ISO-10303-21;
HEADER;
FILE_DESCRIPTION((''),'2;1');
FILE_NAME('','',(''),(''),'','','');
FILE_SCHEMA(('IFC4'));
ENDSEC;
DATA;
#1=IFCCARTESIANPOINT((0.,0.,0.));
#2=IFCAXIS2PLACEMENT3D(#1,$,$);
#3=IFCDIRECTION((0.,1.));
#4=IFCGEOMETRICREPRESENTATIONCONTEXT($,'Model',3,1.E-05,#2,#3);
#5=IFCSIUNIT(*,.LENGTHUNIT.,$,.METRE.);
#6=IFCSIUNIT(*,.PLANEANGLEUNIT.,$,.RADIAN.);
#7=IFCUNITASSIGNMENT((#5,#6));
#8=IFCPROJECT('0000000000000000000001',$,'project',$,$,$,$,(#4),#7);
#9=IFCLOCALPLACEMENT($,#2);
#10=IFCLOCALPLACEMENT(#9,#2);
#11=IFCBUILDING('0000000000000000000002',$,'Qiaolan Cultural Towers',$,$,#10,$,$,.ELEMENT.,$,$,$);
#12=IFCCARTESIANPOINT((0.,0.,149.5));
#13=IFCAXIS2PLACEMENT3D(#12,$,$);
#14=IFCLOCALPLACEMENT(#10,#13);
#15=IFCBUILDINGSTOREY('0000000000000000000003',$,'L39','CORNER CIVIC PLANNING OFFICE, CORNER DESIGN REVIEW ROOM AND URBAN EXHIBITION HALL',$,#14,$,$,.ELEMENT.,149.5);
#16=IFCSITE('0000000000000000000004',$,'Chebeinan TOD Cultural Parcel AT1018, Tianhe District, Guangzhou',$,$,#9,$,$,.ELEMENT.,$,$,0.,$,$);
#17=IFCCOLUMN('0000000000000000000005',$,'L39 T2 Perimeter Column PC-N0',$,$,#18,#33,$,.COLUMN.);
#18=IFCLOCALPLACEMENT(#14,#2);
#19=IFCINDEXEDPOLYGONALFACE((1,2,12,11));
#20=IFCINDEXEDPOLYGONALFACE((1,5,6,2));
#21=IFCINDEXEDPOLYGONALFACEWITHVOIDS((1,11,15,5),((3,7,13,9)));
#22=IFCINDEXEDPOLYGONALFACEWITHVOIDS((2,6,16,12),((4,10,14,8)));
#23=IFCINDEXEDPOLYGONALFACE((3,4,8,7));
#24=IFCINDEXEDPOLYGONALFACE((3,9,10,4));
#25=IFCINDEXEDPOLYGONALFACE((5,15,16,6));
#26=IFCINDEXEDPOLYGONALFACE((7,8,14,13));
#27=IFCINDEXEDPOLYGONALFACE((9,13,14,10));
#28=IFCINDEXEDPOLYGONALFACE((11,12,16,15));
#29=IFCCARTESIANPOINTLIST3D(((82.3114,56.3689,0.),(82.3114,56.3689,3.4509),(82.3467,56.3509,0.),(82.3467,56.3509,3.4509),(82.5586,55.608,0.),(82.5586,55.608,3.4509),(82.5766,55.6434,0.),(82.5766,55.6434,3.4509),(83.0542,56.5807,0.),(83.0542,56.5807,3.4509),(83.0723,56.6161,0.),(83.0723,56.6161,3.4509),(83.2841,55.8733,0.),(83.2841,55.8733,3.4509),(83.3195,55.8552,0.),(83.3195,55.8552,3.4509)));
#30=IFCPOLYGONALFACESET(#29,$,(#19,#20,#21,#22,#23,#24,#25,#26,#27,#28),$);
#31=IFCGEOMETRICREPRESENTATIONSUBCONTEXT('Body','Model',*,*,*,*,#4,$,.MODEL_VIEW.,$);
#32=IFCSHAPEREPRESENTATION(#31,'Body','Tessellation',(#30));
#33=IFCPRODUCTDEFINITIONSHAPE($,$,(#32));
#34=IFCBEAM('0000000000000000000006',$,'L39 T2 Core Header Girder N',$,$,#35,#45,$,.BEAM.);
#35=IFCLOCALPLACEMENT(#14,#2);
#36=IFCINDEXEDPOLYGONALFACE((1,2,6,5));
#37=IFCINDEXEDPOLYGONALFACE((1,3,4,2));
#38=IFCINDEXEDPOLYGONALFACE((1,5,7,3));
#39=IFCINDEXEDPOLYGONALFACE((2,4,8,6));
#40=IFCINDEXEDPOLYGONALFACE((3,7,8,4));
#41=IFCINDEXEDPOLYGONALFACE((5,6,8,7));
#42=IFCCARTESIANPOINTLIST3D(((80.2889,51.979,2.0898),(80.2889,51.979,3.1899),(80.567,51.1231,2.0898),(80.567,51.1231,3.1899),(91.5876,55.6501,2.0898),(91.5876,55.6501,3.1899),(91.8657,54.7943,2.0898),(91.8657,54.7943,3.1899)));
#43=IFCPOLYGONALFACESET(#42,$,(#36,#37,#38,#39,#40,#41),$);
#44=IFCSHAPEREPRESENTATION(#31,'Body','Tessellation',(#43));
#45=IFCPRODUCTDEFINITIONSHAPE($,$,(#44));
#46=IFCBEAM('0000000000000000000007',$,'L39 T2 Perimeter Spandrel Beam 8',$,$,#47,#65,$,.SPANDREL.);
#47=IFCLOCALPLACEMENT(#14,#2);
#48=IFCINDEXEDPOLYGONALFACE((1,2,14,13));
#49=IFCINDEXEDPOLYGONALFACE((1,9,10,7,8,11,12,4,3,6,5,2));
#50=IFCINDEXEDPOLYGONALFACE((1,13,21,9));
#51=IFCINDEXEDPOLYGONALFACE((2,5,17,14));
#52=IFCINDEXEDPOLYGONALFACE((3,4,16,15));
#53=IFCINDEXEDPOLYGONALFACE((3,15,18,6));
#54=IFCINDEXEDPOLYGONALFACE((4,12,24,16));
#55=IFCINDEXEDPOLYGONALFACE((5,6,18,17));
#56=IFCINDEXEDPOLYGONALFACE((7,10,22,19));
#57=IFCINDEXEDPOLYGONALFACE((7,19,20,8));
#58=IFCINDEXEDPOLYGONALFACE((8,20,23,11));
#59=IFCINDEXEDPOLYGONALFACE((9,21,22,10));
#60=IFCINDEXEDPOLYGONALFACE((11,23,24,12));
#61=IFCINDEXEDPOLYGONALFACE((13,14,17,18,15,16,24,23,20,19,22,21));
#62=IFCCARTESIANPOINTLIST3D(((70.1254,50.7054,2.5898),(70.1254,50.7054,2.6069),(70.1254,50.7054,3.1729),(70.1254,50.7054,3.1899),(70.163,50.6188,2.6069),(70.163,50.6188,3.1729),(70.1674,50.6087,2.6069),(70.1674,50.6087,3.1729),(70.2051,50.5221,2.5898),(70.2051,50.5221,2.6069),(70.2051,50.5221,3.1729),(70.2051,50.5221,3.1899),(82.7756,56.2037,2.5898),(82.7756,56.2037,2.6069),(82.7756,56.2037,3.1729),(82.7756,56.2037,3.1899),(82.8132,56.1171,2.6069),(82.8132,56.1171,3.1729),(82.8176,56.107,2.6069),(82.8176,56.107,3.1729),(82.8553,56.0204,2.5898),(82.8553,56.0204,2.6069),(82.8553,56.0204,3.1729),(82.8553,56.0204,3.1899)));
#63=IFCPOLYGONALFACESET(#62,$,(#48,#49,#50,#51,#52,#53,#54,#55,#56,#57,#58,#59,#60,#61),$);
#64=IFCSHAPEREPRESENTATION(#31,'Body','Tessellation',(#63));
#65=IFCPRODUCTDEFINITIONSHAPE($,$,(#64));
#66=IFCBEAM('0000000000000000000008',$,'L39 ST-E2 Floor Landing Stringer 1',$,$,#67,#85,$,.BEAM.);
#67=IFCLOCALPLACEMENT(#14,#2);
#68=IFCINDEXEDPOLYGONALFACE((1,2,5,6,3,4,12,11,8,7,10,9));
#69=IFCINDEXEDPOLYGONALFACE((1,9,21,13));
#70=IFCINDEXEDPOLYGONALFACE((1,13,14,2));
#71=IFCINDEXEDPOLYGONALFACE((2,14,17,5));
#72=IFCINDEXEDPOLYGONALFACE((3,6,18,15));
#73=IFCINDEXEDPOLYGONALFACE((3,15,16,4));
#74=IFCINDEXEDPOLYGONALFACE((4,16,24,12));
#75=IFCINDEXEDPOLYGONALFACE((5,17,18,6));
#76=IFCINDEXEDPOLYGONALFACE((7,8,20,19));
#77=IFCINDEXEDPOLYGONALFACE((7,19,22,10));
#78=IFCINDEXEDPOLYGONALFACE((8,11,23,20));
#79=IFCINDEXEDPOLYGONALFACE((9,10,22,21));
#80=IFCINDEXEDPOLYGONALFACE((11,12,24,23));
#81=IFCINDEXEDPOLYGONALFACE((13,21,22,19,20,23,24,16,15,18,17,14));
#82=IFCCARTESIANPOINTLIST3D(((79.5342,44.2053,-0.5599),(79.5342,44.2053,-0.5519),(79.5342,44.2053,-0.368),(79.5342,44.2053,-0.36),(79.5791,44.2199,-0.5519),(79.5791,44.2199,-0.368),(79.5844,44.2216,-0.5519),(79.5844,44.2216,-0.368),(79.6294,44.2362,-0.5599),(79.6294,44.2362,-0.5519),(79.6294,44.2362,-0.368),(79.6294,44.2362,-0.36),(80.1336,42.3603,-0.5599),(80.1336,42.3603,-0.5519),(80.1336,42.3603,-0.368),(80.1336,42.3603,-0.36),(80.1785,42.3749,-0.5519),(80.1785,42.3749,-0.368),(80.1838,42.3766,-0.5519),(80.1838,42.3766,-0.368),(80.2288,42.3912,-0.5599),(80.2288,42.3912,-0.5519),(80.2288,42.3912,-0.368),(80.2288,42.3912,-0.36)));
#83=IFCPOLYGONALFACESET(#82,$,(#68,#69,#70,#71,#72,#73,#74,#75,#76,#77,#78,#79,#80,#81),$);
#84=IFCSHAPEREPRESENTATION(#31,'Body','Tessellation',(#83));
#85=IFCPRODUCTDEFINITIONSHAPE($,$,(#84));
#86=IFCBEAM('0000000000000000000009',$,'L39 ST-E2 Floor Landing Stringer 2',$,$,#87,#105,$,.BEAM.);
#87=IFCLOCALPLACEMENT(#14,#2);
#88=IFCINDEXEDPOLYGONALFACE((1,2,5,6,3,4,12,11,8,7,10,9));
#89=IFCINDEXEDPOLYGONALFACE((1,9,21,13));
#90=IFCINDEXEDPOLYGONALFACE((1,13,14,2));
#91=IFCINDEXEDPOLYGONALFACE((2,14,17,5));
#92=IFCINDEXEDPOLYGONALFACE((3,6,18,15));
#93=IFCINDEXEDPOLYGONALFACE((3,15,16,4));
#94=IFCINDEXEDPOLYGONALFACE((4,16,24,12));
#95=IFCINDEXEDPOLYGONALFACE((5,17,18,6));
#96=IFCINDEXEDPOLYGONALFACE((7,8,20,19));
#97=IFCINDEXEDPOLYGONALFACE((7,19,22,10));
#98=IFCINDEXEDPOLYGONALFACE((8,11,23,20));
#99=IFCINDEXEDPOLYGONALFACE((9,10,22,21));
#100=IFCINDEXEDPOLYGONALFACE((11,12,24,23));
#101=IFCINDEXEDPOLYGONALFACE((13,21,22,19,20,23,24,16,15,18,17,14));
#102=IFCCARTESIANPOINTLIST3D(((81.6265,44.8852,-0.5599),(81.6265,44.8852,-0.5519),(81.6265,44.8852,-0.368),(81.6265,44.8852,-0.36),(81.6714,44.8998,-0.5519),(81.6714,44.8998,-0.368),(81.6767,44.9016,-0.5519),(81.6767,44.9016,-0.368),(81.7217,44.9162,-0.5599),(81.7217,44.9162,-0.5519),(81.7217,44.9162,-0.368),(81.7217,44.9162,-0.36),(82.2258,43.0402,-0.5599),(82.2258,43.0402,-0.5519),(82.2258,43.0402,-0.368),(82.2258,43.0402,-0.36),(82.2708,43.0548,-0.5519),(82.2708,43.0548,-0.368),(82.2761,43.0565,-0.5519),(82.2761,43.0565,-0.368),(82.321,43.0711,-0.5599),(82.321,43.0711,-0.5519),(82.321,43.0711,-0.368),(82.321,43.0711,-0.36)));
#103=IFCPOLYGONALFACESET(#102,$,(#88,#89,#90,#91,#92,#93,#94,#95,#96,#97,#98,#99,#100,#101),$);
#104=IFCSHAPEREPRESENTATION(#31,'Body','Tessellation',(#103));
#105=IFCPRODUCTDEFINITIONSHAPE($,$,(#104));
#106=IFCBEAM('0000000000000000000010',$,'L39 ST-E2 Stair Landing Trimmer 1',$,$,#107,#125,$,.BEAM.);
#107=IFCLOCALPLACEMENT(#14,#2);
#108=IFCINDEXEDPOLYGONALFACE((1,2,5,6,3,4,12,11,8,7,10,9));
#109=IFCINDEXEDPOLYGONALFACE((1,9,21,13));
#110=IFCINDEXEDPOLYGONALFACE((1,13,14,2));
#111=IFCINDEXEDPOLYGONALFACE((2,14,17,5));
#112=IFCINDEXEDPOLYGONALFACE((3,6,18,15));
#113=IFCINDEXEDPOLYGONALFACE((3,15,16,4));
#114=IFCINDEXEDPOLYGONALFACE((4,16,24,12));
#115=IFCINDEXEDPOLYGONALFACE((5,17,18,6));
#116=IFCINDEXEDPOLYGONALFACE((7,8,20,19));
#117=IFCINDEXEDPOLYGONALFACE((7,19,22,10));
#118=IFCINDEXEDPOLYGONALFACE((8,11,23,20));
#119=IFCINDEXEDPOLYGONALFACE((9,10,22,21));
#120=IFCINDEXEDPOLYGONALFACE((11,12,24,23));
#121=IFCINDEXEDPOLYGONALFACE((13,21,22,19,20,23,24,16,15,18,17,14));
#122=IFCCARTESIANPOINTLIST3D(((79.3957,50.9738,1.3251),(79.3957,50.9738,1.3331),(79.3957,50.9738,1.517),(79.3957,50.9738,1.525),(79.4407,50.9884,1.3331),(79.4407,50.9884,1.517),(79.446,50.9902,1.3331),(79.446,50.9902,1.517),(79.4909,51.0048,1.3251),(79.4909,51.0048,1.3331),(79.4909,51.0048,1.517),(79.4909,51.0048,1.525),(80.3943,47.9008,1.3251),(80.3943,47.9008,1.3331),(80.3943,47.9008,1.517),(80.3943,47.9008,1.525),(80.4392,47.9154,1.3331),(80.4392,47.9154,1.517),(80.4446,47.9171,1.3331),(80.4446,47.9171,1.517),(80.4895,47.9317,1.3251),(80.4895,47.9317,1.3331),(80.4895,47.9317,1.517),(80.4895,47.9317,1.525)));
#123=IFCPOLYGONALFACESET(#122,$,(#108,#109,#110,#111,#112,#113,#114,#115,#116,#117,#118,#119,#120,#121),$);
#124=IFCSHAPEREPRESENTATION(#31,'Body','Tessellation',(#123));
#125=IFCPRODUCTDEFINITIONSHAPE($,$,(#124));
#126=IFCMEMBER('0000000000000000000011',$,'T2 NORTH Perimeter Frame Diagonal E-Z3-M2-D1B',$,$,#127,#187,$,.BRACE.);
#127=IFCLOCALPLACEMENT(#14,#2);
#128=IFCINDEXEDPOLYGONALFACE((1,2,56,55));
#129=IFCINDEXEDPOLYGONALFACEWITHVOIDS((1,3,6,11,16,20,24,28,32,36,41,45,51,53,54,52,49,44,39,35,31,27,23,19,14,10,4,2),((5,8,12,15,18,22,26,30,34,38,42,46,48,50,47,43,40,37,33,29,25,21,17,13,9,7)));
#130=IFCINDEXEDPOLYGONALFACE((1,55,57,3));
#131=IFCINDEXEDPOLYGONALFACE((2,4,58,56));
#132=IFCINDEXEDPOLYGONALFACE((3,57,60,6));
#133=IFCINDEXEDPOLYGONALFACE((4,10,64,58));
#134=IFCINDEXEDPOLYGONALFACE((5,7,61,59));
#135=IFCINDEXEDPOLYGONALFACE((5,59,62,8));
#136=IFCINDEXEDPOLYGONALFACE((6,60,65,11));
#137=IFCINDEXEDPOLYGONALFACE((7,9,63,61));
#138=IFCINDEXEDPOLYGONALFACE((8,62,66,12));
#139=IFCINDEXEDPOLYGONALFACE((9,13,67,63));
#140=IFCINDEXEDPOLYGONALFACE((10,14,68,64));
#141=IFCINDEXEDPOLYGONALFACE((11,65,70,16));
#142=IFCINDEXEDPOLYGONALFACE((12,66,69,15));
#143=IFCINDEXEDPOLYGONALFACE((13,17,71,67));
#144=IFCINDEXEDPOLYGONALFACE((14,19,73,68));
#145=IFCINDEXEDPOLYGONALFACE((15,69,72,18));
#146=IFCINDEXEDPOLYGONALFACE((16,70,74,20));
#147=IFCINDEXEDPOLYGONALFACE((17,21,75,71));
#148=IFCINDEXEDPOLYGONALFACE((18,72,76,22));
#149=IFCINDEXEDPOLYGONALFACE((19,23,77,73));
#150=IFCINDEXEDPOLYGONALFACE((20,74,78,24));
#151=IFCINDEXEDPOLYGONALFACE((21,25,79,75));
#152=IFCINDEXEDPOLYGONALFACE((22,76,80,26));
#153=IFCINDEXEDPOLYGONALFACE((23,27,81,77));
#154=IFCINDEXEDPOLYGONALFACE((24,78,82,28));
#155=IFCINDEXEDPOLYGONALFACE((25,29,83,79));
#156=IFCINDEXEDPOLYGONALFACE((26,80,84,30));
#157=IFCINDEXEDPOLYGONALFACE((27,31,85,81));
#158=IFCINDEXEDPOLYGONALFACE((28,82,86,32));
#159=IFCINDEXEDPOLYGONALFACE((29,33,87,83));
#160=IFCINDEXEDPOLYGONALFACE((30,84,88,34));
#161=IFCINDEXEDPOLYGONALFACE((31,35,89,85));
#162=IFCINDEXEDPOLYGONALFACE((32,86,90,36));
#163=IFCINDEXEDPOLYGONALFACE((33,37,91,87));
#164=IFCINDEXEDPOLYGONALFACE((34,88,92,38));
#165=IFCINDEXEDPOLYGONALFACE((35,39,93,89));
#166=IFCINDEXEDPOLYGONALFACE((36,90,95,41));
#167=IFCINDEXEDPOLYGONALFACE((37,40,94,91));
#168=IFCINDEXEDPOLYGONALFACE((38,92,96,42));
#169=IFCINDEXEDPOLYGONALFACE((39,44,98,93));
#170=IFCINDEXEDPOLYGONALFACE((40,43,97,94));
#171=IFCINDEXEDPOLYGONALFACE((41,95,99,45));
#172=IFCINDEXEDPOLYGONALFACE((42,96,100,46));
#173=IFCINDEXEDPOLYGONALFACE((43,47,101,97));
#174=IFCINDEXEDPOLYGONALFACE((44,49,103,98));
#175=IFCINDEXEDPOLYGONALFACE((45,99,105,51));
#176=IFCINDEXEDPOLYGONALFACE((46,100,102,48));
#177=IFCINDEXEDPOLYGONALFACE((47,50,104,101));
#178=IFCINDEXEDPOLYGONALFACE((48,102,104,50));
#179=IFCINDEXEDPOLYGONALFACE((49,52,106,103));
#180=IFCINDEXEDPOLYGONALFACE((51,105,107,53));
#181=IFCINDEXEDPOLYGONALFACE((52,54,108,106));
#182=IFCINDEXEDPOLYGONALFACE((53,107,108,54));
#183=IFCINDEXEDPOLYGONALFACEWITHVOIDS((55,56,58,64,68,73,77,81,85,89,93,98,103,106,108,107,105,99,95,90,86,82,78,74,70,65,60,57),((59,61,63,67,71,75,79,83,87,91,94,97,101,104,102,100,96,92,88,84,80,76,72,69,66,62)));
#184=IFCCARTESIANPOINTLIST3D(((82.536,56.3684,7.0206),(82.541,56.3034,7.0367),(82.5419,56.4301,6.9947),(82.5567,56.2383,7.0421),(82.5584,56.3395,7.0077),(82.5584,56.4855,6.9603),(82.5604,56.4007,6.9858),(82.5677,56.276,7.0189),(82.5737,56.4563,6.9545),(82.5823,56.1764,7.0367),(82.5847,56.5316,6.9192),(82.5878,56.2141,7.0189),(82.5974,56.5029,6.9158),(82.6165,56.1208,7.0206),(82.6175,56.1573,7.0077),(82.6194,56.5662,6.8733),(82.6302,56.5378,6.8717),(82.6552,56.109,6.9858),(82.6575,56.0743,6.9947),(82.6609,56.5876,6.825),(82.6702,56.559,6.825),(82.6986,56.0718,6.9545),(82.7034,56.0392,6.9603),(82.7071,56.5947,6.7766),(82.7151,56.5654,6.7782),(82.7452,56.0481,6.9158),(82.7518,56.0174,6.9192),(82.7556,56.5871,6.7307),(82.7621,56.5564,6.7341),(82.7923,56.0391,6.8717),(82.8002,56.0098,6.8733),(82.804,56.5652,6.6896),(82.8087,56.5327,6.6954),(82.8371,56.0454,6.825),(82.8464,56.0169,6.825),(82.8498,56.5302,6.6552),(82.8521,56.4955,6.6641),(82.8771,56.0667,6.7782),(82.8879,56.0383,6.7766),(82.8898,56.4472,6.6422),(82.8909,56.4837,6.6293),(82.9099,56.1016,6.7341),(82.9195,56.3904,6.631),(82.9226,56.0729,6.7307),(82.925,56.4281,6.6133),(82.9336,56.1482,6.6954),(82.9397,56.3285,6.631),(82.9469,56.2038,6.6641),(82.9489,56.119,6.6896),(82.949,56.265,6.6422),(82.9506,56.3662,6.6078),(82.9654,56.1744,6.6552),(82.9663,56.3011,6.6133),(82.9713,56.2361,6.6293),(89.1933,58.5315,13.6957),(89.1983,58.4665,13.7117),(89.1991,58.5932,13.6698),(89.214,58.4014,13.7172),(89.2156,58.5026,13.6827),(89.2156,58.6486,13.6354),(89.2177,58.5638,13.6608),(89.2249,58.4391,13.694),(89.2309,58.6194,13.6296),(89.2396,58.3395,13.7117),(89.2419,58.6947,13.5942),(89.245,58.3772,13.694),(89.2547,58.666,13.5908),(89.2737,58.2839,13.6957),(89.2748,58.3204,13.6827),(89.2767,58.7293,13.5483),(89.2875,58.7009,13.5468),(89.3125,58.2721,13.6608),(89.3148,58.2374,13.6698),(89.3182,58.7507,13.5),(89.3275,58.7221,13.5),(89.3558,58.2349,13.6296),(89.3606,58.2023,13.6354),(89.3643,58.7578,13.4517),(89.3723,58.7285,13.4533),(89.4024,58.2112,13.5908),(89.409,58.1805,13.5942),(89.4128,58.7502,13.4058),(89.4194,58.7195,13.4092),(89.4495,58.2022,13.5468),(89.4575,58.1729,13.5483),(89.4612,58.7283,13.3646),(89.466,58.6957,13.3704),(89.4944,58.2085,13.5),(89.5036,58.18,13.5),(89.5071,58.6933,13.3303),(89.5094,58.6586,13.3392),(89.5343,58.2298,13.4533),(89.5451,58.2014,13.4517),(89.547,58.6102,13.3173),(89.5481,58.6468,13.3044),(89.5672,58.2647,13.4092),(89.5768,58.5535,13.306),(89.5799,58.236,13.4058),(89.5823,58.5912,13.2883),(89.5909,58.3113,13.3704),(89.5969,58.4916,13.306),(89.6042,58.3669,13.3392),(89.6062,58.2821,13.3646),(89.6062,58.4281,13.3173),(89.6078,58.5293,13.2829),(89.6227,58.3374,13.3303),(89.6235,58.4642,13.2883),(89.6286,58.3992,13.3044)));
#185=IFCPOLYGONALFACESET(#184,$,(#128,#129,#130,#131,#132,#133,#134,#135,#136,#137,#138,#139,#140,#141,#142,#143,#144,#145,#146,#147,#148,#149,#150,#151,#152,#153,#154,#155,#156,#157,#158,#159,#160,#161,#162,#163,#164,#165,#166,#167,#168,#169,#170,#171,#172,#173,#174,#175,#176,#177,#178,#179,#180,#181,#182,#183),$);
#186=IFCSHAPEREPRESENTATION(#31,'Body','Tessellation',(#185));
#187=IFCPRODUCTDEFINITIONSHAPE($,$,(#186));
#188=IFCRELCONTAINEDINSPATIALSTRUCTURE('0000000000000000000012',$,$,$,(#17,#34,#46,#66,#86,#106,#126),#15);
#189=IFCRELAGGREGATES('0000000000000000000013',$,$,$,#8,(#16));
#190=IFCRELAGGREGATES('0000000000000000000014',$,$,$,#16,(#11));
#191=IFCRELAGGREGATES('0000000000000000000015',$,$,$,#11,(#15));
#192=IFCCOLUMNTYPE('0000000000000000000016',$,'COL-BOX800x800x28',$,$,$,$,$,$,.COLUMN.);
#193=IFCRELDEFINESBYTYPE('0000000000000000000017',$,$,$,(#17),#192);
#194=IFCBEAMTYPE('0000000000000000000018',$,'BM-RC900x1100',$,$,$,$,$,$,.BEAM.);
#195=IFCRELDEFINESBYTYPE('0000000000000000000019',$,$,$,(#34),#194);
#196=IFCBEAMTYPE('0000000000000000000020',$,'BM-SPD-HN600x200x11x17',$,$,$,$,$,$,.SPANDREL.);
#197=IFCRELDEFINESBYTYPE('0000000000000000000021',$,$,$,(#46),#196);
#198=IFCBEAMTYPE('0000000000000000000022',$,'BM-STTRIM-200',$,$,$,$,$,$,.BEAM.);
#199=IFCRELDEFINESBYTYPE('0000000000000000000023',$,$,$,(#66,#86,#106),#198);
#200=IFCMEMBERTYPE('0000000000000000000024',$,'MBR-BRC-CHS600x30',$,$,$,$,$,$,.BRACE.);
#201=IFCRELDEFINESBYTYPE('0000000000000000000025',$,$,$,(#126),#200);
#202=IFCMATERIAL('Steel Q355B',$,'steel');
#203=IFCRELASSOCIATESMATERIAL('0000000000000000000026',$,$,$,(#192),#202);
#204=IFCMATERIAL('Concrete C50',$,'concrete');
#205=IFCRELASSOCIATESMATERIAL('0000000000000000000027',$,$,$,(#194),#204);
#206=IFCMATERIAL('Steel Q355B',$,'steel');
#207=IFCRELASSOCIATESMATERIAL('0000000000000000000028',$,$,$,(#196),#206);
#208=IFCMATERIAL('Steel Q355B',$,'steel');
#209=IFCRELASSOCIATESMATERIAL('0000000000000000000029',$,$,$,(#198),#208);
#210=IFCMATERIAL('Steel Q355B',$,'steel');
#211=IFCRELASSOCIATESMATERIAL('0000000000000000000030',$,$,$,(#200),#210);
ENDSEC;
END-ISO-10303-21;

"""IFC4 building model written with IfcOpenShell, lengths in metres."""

from ifc_helpers import new_model, si_unit, direction, frame, origin, origin_2d, place, context, subcontext, project, spatial, rectangle, hollow_rectangle, hollow_circle, i_section, extrude, material, material_profile, profile_set, type_object, element, save


model = new_model("IFC4")

# Units and contexts
model_context = context("Model", 3, precision=1e-05, world=origin(), true_north=direction((0.0, 1.0)))
body_context = subcontext(model_context, "Body", "Model", "MODEL_VIEW")
ifc_project = project(units=[si_unit("LENGTHUNIT", "METRE"), si_unit("PLANEANGLEUNIT", "RADIAN")], contexts=[model_context])

# Site, building, storey
site_placement = place(None, origin())
site = spatial("IfcSite", under=ifc_project, at=site_placement, Name="Chebeinan TOD Cultural Parcel AT1018, Tianhe District, Guangzhou", CompositionType="ELEMENT", RefElevation=0.0)
building_placement = place(site_placement, origin())
building = spatial("IfcBuilding", under=site, at=building_placement, Name="Qiaolan Cultural Towers", CompositionType="ELEMENT")
storey_placement = place(building_placement, frame((0.0, 0.0, 149.5)))
storey = spatial("IfcBuildingStorey", under=building, at=storey_placement, Name="L39", Description="CORNER CIVIC PLANNING OFFICE, CORNER DESIGN REVIEW ROOM AND URBAN EXHIBITION HALL", CompositionType="ELEMENT", Elevation=149.5)

# Column
ifc_material_1 = material(Name="Steel Q355B", Category="steel")
ifc_material_profile_1 = material_profile(ifc_material_1, hollow_rectangle(XDim=0.8, YDim=0.8, WallThickness=0.0281, at=origin_2d()), Name="BOX800x800x28")
ifc_profile_set_1 = profile_set([ifc_material_profile_1], Name="Steel Q355B")
column_type = type_object("IfcColumnType", Name="COL-BOX800x800x28", PredefinedType="COLUMN", material=ifc_profile_set_1)
column_placement = place(storey_placement, frame((82.8154, 56.1121, 0.0), z_axis=(0.0, 0.0, 1.0), x_axis=(0.951057, 0.309017, 0.0)))
element("IfcColumn", 1, at=column_placement, inside=storey, type_object=column_type, Name="L39 T2 Perimeter Column PC-N0", PredefinedType="COLUMN", context=body_context, shape_type="SweptSolid", body=[
    extrude(hollow_rectangle(XDim=0.8, YDim=0.8, WallThickness=0.0281, at=origin_2d()), origin(), (0.0, 0.0, 1.0), 3.4509),
])

# Beams
ifc_material_2 = material(Name="Concrete C50", Category="concrete")
ifc_material_profile_2 = material_profile(ifc_material_2, rectangle(XDim=0.8999, YDim=1.1001, at=origin_2d()), Name="RC900x1100")
ifc_profile_set_2 = profile_set([ifc_material_profile_2], Name="Concrete C50")
beam_type_1 = type_object("IfcBeamType", Name="BM-RC900x1100", PredefinedType="BEAM", material=ifc_profile_set_2)
beam_1_placement = place(storey_placement, frame((80.428, 51.551, 2.6399), z_axis=(0.951056, 0.309018, 0.0), x_axis=(-0.309018, 0.951056, 0.0)))
element("IfcBeam", 2, at=beam_1_placement, inside=storey, type_object=beam_type_1, Name="L39 T2 Core Header Girder N", PredefinedType="BEAM", context=body_context, shape_type="SweptSolid", body=[
    extrude(rectangle(XDim=0.8999, YDim=1.1001, at=origin_2d()), origin(), (0.0, 0.0, 1.0), 11.8801),
])
ifc_material_3 = material(Name="Steel Q355B", Category="steel")
ifc_material_profile_3 = material_profile(ifc_material_3, i_section(OverallWidth=0.2, OverallDepth=0.6001, WebThickness=0.011, FlangeThickness=0.0171, at=origin_2d()), Name="HN600x200x11x17")
ifc_profile_set_3 = profile_set([ifc_material_profile_3], Name="Steel Q355B")
beam_type_2 = type_object("IfcBeamType", Name="BM-SPD-HN600x200x11x17", PredefinedType="SPANDREL", material=ifc_profile_set_3)
beam_2_placement = place(storey_placement, frame((82.8154, 56.1121, 2.8899), z_axis=(-0.917117, -0.398618, 0.0), x_axis=(0.398618, -0.917117, 0.0)))
element("IfcBeam", 3, at=beam_2_placement, inside=storey, type_object=beam_type_2, Name="L39 T2 Perimeter Spandrel Beam 8", PredefinedType="SPANDREL", context=body_context, shape_type="SweptSolid", body=[
    extrude(i_section(OverallWidth=0.2, OverallDepth=0.6001, WebThickness=0.011, FlangeThickness=0.0171, at=origin_2d()), origin(), (0.0, 0.0, 1.0), 13.7935),
])
ifc_material_4 = material(Name="Steel Q355B", Category="steel")
ifc_material_profile_4 = material_profile(ifc_material_4, i_section(OverallWidth=0.1001, OverallDepth=0.2, WebThickness=0.0056, FlangeThickness=0.0081, at=origin_2d()), Name="HN200x100x5.5x8")
ifc_profile_set_4 = profile_set([ifc_material_profile_4], Name="Steel Q355B")
beam_type_3 = type_object("IfcBeamType", Name="BM-STTRIM-200", PredefinedType="BEAM", material=ifc_profile_set_4)
for number, where, z_axis, x_axis, name in (
    (4, (80.1812, 42.3757, -0.46), (-0.308969, 0.951072, 0.0), (-0.951072, -0.308969, 0.0), "L39 ST-E2 Floor Landing Stringer 1"),
    (5, (82.2734, 43.0557, -0.46), (-0.308969, 0.951072, 0.0), (-0.951072, -0.308969, 0.0), "L39 ST-E2 Floor Landing Stringer 2"),
):
    element("IfcBeam", number, at=place(storey_placement, frame(where, z_axis=z_axis, x_axis=x_axis)), inside=storey, type_object=beam_type_3, Name=name, PredefinedType="BEAM", context=body_context, shape_type="SweptSolid", body=[
        extrude(i_section(OverallWidth=0.1001, OverallDepth=0.2, WebThickness=0.0056, FlangeThickness=0.0081, at=origin_2d()), origin(), (0.0, 0.0, 1.0), 1.9399),
    ])
beam_3_placement = place(storey_placement, frame((80.4419, 47.9163, 1.425), z_axis=(-0.309033, 0.951051, 0.0), x_axis=(-0.951051, -0.309033, 0.0)))
element("IfcBeam", 6, at=beam_3_placement, inside=storey, type_object=beam_type_3, Name="L39 ST-E2 Stair Landing Trimmer 1", PredefinedType="BEAM", context=body_context, shape_type="SweptSolid", body=[
    extrude(i_section(OverallWidth=0.1001, OverallDepth=0.2, WebThickness=0.0056, FlangeThickness=0.0081, at=origin_2d()), origin(), (0.0, 0.0, 1.0), 3.2312),
])

# Member
ifc_material_5 = material(Name="Steel Q355B", Category="steel")
ifc_material_profile_5 = material_profile(ifc_material_5, hollow_circle(Radius=0.3, WallThickness=0.03, at=origin_2d()), Name="CHS600x30")
ifc_profile_set_5 = profile_set([ifc_material_profile_5], Name="Steel Q355B")
member_type = type_object("IfcMemberType", Name="MBR-BRC-CHS600x30", PredefinedType="BRACE", material=ifc_profile_set_5)
member_1_placement = place(storey_placement, frame((82.7537, 56.3022, 6.825), z_axis=(0.688276, 0.223637, 0.690118), x_axis=(-0.30902, 0.951056, 0.0)))
element("IfcMember", 7, at=member_1_placement, inside=storey, type_object=member_type, Name="T2 NORTH Perimeter Frame Diagonal E-Z3-M2-D1B", PredefinedType="BRACE", context=body_context, shape_type="SweptSolid", body=[
    extrude(hollow_circle(Radius=0.3, WallThickness=0.03, at=origin_2d()), origin(), (0.0, 0.0, 1.0), 9.6724),
])

save(model, "model.ifc")
